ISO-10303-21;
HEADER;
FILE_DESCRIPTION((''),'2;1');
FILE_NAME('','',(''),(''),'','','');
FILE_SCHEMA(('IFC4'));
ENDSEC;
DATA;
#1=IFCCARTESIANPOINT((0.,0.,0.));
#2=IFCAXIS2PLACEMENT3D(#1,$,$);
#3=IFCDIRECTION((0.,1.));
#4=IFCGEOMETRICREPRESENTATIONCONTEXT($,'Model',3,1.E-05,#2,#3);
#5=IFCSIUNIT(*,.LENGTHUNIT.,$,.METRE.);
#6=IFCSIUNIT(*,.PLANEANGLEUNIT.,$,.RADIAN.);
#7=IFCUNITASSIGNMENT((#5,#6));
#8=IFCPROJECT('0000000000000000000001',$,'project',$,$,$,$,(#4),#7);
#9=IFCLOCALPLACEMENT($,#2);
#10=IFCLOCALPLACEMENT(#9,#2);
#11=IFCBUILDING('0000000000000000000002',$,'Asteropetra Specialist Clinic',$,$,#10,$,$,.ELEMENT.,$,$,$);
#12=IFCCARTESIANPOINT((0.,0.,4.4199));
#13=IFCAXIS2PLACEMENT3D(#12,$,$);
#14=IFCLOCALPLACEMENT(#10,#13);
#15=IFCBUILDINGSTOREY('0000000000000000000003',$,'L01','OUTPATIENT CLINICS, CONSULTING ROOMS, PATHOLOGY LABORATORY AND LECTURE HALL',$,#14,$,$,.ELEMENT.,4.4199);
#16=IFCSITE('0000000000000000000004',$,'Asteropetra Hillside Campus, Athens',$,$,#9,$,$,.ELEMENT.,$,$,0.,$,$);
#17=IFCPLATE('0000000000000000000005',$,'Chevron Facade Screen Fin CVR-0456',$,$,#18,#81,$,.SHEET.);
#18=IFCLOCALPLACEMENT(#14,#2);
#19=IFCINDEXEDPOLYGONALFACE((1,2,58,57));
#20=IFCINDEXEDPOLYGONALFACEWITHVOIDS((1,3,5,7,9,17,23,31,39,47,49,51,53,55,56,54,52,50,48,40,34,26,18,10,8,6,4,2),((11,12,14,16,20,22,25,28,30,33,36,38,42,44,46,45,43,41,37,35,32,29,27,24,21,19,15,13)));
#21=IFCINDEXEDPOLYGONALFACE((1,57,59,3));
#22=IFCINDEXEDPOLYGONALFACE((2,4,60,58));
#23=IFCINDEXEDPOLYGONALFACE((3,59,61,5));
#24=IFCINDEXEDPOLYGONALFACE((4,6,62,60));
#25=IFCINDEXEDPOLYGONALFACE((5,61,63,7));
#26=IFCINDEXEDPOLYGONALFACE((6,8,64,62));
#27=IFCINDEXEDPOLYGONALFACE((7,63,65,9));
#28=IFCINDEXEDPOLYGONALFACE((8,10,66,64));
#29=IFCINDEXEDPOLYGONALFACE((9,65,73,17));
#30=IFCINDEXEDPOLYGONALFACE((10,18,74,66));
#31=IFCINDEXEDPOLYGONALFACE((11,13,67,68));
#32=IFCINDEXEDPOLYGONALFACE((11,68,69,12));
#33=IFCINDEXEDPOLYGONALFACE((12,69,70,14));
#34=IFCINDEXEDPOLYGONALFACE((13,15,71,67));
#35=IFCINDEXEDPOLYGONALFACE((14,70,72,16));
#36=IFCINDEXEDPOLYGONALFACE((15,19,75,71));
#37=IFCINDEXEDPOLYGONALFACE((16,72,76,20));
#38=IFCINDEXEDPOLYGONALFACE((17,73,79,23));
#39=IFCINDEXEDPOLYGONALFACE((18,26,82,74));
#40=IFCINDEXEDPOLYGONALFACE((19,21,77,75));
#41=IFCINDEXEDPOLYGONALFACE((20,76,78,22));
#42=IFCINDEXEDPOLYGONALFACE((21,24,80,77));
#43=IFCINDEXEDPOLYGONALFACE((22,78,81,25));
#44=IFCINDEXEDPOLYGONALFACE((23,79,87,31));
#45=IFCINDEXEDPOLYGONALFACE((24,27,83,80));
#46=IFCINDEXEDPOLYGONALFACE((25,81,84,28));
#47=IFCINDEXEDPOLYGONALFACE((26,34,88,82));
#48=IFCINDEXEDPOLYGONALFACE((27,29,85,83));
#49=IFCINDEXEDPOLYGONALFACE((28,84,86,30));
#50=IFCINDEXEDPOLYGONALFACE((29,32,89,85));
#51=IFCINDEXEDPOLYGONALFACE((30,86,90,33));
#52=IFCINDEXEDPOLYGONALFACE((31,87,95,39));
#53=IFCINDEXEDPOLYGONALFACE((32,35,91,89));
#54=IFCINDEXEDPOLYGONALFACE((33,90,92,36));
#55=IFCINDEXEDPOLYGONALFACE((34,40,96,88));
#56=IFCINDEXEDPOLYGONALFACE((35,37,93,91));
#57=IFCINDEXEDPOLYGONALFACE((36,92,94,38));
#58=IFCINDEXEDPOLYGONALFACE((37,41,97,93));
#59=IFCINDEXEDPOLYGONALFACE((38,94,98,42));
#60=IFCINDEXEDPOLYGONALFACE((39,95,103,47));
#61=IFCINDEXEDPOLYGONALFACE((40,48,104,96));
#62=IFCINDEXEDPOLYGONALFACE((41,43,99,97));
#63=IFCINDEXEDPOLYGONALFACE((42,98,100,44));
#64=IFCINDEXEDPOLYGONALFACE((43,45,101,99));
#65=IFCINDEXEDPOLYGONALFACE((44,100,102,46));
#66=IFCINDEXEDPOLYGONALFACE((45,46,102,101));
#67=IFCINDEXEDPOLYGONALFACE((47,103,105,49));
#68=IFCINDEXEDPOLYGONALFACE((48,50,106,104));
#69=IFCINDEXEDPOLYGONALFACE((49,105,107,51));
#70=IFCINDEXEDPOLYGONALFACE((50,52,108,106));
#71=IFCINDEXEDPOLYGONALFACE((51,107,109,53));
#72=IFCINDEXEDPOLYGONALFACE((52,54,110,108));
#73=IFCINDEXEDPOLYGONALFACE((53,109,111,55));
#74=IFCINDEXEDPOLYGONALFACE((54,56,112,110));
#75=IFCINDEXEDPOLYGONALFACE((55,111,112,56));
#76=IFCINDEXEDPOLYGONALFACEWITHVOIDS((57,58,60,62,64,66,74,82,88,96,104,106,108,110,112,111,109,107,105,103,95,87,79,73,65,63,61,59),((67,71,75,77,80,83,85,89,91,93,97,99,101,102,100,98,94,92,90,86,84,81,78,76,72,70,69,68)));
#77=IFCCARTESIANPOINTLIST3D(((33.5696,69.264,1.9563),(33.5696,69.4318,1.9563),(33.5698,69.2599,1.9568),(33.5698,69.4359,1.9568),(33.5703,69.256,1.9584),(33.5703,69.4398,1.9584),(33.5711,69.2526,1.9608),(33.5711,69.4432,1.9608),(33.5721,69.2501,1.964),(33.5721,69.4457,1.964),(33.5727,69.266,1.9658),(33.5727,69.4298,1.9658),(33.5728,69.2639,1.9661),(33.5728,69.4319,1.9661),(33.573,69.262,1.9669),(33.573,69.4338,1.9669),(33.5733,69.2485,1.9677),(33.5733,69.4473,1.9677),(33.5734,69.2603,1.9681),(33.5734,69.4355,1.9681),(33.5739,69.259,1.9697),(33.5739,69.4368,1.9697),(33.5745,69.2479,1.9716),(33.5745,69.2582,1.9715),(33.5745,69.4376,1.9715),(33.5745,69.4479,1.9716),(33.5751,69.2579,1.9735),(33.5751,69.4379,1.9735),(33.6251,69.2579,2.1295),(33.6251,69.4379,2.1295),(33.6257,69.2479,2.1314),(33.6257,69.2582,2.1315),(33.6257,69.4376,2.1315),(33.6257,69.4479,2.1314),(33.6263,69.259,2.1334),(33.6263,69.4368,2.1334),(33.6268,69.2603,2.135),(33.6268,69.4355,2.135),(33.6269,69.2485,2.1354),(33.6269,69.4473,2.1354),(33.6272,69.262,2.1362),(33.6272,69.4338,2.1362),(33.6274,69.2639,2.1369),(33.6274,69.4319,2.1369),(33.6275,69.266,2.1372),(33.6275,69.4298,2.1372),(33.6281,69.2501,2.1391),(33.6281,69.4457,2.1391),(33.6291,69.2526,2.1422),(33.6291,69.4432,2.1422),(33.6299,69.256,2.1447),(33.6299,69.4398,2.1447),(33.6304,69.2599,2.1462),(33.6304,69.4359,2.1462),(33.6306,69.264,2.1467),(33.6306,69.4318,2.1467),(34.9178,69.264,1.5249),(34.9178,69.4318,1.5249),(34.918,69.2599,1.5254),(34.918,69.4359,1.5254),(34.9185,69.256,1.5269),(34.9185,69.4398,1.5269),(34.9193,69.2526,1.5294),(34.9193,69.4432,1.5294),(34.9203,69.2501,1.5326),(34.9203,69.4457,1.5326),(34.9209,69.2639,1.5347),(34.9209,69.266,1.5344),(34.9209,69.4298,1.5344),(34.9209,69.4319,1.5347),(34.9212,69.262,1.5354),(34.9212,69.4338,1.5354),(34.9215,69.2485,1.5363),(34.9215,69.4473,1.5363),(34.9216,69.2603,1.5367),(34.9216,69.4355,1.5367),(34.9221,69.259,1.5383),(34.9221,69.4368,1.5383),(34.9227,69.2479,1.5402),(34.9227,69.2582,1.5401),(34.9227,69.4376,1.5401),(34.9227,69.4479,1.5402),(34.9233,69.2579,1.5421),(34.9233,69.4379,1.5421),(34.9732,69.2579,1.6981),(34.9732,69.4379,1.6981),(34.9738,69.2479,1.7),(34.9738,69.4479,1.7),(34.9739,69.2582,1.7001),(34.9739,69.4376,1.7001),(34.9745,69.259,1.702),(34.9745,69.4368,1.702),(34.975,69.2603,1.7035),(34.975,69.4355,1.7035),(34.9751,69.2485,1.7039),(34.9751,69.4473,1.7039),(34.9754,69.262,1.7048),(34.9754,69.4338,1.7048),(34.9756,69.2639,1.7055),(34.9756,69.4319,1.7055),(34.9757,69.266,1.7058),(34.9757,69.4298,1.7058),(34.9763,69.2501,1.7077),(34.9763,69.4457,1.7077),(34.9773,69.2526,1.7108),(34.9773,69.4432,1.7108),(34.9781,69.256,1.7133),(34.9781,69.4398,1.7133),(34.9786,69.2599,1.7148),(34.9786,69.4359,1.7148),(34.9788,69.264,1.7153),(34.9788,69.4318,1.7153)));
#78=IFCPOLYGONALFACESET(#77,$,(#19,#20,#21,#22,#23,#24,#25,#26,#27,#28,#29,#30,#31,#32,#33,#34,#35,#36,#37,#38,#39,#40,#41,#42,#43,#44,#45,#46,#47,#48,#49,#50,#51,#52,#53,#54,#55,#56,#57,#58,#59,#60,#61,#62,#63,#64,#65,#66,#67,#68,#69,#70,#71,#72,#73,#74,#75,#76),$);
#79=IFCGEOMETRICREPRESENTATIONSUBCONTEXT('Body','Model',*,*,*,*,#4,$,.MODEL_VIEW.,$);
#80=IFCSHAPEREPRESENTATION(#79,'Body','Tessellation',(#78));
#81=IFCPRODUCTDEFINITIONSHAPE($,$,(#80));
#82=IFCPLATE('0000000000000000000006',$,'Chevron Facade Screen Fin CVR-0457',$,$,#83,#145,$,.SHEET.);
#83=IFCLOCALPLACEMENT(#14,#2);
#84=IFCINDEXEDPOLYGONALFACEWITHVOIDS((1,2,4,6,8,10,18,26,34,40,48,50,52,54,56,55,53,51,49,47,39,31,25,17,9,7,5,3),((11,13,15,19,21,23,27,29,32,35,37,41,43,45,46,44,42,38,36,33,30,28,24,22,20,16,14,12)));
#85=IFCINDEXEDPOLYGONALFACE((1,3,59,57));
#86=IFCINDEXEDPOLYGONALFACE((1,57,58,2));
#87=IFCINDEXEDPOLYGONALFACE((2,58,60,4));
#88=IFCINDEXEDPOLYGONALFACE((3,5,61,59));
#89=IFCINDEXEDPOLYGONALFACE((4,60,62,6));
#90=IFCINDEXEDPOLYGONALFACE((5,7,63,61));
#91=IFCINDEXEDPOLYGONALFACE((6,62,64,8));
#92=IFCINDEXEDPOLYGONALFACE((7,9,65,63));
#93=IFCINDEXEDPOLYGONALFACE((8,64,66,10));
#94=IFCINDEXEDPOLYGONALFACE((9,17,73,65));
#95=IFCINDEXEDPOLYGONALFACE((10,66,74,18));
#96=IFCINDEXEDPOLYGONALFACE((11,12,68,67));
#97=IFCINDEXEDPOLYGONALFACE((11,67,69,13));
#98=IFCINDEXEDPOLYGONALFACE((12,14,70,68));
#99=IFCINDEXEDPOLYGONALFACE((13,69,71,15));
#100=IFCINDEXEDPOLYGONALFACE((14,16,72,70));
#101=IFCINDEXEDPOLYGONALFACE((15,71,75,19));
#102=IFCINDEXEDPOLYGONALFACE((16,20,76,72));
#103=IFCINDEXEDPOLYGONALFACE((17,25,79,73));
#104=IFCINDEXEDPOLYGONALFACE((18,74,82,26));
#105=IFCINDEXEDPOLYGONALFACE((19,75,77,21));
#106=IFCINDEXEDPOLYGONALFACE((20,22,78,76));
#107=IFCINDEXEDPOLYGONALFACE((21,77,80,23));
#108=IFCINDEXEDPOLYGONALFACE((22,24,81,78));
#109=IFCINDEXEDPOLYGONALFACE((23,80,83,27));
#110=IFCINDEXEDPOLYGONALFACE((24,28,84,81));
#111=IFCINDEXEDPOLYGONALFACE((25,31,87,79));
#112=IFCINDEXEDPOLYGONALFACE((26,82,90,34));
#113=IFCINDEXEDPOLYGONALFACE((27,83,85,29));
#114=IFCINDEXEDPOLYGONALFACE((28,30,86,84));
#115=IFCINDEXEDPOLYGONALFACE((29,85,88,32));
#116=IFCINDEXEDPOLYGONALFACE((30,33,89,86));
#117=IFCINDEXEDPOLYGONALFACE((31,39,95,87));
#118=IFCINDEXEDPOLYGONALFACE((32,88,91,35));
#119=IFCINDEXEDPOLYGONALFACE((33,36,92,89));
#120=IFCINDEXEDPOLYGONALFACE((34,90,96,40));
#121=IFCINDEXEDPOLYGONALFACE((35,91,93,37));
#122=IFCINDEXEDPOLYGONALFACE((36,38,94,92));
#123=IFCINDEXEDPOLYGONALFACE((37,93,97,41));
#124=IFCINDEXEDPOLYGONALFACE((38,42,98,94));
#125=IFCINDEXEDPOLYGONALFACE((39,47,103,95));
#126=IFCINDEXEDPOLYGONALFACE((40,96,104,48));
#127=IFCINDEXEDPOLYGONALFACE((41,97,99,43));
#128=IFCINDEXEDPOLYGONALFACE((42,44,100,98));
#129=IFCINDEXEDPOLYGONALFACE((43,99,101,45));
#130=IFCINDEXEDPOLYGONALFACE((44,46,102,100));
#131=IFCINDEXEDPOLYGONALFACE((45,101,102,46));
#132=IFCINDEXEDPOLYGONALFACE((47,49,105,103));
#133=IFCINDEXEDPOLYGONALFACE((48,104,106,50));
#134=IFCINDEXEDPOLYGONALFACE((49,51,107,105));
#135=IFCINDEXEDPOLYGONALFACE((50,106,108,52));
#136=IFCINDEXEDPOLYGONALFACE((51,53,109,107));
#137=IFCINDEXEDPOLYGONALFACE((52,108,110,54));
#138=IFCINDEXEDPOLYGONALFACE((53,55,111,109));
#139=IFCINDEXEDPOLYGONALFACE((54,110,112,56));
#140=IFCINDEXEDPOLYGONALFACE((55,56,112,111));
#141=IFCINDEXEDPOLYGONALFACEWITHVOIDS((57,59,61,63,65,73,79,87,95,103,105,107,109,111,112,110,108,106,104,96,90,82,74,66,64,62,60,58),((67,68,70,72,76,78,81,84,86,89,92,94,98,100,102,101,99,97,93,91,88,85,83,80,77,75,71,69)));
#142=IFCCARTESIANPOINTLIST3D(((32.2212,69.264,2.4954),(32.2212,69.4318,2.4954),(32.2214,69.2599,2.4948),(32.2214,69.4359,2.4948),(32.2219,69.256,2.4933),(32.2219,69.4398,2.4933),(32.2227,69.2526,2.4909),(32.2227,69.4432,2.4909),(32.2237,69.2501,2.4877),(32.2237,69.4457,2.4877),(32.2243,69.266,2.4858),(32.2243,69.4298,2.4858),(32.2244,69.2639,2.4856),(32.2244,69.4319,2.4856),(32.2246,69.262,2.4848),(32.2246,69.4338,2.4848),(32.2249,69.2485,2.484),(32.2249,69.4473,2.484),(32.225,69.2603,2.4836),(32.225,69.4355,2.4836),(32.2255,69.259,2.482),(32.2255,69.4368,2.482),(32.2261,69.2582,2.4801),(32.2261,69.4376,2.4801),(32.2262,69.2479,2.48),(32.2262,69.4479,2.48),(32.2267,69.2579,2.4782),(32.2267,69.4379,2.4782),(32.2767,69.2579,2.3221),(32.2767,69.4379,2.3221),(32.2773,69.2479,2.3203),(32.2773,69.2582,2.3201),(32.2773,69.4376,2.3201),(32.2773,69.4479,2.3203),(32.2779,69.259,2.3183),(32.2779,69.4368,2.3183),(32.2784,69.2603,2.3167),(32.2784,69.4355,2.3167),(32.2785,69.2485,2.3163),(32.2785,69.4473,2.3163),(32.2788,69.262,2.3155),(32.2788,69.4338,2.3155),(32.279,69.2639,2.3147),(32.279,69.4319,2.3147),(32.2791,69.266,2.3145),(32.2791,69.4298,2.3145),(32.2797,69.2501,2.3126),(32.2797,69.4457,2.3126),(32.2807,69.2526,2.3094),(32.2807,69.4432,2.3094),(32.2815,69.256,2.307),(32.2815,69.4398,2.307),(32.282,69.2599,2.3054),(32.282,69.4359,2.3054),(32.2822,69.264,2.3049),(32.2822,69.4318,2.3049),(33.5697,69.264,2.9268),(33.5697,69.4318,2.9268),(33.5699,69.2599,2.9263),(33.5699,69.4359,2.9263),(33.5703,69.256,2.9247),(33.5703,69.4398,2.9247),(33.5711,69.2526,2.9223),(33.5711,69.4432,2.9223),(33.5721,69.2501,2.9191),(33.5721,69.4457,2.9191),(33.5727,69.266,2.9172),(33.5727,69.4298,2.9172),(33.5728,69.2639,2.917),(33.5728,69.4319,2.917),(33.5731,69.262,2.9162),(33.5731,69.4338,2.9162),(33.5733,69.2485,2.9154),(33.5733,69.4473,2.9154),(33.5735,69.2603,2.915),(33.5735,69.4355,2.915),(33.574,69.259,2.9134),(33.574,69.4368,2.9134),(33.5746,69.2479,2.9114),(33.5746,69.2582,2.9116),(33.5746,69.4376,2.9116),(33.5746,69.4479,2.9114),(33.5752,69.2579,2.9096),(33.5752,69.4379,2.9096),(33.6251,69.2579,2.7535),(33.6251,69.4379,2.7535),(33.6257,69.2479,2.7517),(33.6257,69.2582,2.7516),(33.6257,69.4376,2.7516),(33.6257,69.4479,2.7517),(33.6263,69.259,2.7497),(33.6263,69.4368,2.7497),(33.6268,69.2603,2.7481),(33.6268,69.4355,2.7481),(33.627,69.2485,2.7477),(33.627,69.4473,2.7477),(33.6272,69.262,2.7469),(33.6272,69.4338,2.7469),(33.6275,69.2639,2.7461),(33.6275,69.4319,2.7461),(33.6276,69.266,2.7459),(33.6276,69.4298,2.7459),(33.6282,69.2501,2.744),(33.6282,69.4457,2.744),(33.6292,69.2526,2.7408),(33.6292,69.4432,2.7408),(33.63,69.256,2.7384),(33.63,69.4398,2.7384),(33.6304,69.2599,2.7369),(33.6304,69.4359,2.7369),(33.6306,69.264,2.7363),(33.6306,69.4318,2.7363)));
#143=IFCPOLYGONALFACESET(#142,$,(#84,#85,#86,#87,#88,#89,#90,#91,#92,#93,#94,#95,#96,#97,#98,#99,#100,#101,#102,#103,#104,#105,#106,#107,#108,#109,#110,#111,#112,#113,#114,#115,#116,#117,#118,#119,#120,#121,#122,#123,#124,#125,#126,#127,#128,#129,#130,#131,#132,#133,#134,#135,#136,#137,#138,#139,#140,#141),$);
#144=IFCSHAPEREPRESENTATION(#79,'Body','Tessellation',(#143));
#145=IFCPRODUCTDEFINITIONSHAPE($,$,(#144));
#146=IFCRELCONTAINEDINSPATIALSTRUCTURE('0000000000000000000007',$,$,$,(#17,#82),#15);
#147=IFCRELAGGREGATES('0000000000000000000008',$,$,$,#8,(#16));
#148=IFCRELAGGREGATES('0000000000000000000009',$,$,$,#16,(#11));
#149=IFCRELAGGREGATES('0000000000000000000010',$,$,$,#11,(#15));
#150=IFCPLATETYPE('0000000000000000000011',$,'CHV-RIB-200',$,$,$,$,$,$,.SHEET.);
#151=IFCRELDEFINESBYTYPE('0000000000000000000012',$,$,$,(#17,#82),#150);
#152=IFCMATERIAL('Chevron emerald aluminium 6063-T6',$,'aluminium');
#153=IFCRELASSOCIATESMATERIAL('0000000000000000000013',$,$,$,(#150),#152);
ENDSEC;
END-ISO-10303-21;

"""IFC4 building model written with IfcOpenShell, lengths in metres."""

from ifc_helpers import new_model, si_unit, direction, frame, origin, origin_2d, place, context, subcontext, project, spatial, hollow_rectangle, extrude, material, material_profile, profile_set, type_object, element, save


model = new_model("IFC4")

# Units and contexts
model_context = context("Model", 3, precision=1e-05, world=origin(), true_north=direction((0.0, 1.0)))
body_context = subcontext(model_context, "Body", "Model", "MODEL_VIEW")
ifc_project = project(units=[si_unit("LENGTHUNIT", "METRE"), si_unit("PLANEANGLEUNIT", "RADIAN")], contexts=[model_context])

# Site, building, storey
site_placement = place(None, origin())
site = spatial("IfcSite", under=ifc_project, at=site_placement, Name="Asteropetra Hillside Campus, Athens", CompositionType="ELEMENT", RefElevation=0.0)
building_placement = place(site_placement, origin())
building = spatial("IfcBuilding", under=site, at=building_placement, Name="Asteropetra Specialist Clinic", CompositionType="ELEMENT")
storey_placement = place(building_placement, frame((0.0, 0.0, 4.4199)))
storey = spatial("IfcBuildingStorey", under=building, at=storey_placement, Name="L01", Description="OUTPATIENT CLINICS, CONSULTING ROOMS, PATHOLOGY LABORATORY AND LECTURE HALL", CompositionType="ELEMENT", Elevation=4.4199)

# Plates
ifc_material_1 = material(Name="Chevron emerald aluminium 6063-T6", Category="aluminium")
ifc_material_profile = material_profile(ifc_material_1, hollow_rectangle(XDim=0.2, YDim=0.2, WallThickness=0.01, InnerFilletRadius=0.0081, OuterFilletRadius=0.0161, at=origin_2d()), Name="SHS 200x200x10.0")
ifc_profile_set = profile_set([ifc_material_profile], Name="Chevron emerald aluminium 6063-T6")
plate_type = type_object("IfcPlateType", Name="CHV-RIB-200", PredefinedType="SHEET", material=ifc_profile_set)
plate_1_placement = place(storey_placement, frame((33.6001, 69.3479, 2.0515), z_axis=(0.952426, 0.0, -0.304769), x_axis=(0.0, 1.0, 0.0)))
element("IfcPlate", 1, at=plate_1_placement, inside=storey, type_object=plate_type, Name="Chevron Facade Screen Fin CVR-0456", PredefinedType="SHEET", context=body_context, shape_type="SweptSolid", body=[
    extrude(hollow_rectangle(XDim=0.2, YDim=0.2, WallThickness=0.01, InnerFilletRadius=0.0081, OuterFilletRadius=0.0161, at=origin_2d()), origin(), (0.0, 0.0, 1.0), 1.4155),
])
plate_2_placement = place(storey_placement, frame((32.2517, 69.3479, 2.4001), z_axis=(0.952442, 0.0, 0.304719), x_axis=(0.0, 1.0, 0.0)))
element("IfcPlate", 2, at=plate_2_placement, inside=storey, type_object=plate_type, Name="Chevron Facade Screen Fin CVR-0457", PredefinedType="SHEET", context=body_context, shape_type="SweptSolid", body=[
    extrude(hollow_rectangle(XDim=0.2, YDim=0.2, WallThickness=0.01, InnerFilletRadius=0.0081, OuterFilletRadius=0.0161, at=origin_2d()), origin(), (0.0, 0.0, 1.0), 1.4158),
])

save(model, "model.ifc")
